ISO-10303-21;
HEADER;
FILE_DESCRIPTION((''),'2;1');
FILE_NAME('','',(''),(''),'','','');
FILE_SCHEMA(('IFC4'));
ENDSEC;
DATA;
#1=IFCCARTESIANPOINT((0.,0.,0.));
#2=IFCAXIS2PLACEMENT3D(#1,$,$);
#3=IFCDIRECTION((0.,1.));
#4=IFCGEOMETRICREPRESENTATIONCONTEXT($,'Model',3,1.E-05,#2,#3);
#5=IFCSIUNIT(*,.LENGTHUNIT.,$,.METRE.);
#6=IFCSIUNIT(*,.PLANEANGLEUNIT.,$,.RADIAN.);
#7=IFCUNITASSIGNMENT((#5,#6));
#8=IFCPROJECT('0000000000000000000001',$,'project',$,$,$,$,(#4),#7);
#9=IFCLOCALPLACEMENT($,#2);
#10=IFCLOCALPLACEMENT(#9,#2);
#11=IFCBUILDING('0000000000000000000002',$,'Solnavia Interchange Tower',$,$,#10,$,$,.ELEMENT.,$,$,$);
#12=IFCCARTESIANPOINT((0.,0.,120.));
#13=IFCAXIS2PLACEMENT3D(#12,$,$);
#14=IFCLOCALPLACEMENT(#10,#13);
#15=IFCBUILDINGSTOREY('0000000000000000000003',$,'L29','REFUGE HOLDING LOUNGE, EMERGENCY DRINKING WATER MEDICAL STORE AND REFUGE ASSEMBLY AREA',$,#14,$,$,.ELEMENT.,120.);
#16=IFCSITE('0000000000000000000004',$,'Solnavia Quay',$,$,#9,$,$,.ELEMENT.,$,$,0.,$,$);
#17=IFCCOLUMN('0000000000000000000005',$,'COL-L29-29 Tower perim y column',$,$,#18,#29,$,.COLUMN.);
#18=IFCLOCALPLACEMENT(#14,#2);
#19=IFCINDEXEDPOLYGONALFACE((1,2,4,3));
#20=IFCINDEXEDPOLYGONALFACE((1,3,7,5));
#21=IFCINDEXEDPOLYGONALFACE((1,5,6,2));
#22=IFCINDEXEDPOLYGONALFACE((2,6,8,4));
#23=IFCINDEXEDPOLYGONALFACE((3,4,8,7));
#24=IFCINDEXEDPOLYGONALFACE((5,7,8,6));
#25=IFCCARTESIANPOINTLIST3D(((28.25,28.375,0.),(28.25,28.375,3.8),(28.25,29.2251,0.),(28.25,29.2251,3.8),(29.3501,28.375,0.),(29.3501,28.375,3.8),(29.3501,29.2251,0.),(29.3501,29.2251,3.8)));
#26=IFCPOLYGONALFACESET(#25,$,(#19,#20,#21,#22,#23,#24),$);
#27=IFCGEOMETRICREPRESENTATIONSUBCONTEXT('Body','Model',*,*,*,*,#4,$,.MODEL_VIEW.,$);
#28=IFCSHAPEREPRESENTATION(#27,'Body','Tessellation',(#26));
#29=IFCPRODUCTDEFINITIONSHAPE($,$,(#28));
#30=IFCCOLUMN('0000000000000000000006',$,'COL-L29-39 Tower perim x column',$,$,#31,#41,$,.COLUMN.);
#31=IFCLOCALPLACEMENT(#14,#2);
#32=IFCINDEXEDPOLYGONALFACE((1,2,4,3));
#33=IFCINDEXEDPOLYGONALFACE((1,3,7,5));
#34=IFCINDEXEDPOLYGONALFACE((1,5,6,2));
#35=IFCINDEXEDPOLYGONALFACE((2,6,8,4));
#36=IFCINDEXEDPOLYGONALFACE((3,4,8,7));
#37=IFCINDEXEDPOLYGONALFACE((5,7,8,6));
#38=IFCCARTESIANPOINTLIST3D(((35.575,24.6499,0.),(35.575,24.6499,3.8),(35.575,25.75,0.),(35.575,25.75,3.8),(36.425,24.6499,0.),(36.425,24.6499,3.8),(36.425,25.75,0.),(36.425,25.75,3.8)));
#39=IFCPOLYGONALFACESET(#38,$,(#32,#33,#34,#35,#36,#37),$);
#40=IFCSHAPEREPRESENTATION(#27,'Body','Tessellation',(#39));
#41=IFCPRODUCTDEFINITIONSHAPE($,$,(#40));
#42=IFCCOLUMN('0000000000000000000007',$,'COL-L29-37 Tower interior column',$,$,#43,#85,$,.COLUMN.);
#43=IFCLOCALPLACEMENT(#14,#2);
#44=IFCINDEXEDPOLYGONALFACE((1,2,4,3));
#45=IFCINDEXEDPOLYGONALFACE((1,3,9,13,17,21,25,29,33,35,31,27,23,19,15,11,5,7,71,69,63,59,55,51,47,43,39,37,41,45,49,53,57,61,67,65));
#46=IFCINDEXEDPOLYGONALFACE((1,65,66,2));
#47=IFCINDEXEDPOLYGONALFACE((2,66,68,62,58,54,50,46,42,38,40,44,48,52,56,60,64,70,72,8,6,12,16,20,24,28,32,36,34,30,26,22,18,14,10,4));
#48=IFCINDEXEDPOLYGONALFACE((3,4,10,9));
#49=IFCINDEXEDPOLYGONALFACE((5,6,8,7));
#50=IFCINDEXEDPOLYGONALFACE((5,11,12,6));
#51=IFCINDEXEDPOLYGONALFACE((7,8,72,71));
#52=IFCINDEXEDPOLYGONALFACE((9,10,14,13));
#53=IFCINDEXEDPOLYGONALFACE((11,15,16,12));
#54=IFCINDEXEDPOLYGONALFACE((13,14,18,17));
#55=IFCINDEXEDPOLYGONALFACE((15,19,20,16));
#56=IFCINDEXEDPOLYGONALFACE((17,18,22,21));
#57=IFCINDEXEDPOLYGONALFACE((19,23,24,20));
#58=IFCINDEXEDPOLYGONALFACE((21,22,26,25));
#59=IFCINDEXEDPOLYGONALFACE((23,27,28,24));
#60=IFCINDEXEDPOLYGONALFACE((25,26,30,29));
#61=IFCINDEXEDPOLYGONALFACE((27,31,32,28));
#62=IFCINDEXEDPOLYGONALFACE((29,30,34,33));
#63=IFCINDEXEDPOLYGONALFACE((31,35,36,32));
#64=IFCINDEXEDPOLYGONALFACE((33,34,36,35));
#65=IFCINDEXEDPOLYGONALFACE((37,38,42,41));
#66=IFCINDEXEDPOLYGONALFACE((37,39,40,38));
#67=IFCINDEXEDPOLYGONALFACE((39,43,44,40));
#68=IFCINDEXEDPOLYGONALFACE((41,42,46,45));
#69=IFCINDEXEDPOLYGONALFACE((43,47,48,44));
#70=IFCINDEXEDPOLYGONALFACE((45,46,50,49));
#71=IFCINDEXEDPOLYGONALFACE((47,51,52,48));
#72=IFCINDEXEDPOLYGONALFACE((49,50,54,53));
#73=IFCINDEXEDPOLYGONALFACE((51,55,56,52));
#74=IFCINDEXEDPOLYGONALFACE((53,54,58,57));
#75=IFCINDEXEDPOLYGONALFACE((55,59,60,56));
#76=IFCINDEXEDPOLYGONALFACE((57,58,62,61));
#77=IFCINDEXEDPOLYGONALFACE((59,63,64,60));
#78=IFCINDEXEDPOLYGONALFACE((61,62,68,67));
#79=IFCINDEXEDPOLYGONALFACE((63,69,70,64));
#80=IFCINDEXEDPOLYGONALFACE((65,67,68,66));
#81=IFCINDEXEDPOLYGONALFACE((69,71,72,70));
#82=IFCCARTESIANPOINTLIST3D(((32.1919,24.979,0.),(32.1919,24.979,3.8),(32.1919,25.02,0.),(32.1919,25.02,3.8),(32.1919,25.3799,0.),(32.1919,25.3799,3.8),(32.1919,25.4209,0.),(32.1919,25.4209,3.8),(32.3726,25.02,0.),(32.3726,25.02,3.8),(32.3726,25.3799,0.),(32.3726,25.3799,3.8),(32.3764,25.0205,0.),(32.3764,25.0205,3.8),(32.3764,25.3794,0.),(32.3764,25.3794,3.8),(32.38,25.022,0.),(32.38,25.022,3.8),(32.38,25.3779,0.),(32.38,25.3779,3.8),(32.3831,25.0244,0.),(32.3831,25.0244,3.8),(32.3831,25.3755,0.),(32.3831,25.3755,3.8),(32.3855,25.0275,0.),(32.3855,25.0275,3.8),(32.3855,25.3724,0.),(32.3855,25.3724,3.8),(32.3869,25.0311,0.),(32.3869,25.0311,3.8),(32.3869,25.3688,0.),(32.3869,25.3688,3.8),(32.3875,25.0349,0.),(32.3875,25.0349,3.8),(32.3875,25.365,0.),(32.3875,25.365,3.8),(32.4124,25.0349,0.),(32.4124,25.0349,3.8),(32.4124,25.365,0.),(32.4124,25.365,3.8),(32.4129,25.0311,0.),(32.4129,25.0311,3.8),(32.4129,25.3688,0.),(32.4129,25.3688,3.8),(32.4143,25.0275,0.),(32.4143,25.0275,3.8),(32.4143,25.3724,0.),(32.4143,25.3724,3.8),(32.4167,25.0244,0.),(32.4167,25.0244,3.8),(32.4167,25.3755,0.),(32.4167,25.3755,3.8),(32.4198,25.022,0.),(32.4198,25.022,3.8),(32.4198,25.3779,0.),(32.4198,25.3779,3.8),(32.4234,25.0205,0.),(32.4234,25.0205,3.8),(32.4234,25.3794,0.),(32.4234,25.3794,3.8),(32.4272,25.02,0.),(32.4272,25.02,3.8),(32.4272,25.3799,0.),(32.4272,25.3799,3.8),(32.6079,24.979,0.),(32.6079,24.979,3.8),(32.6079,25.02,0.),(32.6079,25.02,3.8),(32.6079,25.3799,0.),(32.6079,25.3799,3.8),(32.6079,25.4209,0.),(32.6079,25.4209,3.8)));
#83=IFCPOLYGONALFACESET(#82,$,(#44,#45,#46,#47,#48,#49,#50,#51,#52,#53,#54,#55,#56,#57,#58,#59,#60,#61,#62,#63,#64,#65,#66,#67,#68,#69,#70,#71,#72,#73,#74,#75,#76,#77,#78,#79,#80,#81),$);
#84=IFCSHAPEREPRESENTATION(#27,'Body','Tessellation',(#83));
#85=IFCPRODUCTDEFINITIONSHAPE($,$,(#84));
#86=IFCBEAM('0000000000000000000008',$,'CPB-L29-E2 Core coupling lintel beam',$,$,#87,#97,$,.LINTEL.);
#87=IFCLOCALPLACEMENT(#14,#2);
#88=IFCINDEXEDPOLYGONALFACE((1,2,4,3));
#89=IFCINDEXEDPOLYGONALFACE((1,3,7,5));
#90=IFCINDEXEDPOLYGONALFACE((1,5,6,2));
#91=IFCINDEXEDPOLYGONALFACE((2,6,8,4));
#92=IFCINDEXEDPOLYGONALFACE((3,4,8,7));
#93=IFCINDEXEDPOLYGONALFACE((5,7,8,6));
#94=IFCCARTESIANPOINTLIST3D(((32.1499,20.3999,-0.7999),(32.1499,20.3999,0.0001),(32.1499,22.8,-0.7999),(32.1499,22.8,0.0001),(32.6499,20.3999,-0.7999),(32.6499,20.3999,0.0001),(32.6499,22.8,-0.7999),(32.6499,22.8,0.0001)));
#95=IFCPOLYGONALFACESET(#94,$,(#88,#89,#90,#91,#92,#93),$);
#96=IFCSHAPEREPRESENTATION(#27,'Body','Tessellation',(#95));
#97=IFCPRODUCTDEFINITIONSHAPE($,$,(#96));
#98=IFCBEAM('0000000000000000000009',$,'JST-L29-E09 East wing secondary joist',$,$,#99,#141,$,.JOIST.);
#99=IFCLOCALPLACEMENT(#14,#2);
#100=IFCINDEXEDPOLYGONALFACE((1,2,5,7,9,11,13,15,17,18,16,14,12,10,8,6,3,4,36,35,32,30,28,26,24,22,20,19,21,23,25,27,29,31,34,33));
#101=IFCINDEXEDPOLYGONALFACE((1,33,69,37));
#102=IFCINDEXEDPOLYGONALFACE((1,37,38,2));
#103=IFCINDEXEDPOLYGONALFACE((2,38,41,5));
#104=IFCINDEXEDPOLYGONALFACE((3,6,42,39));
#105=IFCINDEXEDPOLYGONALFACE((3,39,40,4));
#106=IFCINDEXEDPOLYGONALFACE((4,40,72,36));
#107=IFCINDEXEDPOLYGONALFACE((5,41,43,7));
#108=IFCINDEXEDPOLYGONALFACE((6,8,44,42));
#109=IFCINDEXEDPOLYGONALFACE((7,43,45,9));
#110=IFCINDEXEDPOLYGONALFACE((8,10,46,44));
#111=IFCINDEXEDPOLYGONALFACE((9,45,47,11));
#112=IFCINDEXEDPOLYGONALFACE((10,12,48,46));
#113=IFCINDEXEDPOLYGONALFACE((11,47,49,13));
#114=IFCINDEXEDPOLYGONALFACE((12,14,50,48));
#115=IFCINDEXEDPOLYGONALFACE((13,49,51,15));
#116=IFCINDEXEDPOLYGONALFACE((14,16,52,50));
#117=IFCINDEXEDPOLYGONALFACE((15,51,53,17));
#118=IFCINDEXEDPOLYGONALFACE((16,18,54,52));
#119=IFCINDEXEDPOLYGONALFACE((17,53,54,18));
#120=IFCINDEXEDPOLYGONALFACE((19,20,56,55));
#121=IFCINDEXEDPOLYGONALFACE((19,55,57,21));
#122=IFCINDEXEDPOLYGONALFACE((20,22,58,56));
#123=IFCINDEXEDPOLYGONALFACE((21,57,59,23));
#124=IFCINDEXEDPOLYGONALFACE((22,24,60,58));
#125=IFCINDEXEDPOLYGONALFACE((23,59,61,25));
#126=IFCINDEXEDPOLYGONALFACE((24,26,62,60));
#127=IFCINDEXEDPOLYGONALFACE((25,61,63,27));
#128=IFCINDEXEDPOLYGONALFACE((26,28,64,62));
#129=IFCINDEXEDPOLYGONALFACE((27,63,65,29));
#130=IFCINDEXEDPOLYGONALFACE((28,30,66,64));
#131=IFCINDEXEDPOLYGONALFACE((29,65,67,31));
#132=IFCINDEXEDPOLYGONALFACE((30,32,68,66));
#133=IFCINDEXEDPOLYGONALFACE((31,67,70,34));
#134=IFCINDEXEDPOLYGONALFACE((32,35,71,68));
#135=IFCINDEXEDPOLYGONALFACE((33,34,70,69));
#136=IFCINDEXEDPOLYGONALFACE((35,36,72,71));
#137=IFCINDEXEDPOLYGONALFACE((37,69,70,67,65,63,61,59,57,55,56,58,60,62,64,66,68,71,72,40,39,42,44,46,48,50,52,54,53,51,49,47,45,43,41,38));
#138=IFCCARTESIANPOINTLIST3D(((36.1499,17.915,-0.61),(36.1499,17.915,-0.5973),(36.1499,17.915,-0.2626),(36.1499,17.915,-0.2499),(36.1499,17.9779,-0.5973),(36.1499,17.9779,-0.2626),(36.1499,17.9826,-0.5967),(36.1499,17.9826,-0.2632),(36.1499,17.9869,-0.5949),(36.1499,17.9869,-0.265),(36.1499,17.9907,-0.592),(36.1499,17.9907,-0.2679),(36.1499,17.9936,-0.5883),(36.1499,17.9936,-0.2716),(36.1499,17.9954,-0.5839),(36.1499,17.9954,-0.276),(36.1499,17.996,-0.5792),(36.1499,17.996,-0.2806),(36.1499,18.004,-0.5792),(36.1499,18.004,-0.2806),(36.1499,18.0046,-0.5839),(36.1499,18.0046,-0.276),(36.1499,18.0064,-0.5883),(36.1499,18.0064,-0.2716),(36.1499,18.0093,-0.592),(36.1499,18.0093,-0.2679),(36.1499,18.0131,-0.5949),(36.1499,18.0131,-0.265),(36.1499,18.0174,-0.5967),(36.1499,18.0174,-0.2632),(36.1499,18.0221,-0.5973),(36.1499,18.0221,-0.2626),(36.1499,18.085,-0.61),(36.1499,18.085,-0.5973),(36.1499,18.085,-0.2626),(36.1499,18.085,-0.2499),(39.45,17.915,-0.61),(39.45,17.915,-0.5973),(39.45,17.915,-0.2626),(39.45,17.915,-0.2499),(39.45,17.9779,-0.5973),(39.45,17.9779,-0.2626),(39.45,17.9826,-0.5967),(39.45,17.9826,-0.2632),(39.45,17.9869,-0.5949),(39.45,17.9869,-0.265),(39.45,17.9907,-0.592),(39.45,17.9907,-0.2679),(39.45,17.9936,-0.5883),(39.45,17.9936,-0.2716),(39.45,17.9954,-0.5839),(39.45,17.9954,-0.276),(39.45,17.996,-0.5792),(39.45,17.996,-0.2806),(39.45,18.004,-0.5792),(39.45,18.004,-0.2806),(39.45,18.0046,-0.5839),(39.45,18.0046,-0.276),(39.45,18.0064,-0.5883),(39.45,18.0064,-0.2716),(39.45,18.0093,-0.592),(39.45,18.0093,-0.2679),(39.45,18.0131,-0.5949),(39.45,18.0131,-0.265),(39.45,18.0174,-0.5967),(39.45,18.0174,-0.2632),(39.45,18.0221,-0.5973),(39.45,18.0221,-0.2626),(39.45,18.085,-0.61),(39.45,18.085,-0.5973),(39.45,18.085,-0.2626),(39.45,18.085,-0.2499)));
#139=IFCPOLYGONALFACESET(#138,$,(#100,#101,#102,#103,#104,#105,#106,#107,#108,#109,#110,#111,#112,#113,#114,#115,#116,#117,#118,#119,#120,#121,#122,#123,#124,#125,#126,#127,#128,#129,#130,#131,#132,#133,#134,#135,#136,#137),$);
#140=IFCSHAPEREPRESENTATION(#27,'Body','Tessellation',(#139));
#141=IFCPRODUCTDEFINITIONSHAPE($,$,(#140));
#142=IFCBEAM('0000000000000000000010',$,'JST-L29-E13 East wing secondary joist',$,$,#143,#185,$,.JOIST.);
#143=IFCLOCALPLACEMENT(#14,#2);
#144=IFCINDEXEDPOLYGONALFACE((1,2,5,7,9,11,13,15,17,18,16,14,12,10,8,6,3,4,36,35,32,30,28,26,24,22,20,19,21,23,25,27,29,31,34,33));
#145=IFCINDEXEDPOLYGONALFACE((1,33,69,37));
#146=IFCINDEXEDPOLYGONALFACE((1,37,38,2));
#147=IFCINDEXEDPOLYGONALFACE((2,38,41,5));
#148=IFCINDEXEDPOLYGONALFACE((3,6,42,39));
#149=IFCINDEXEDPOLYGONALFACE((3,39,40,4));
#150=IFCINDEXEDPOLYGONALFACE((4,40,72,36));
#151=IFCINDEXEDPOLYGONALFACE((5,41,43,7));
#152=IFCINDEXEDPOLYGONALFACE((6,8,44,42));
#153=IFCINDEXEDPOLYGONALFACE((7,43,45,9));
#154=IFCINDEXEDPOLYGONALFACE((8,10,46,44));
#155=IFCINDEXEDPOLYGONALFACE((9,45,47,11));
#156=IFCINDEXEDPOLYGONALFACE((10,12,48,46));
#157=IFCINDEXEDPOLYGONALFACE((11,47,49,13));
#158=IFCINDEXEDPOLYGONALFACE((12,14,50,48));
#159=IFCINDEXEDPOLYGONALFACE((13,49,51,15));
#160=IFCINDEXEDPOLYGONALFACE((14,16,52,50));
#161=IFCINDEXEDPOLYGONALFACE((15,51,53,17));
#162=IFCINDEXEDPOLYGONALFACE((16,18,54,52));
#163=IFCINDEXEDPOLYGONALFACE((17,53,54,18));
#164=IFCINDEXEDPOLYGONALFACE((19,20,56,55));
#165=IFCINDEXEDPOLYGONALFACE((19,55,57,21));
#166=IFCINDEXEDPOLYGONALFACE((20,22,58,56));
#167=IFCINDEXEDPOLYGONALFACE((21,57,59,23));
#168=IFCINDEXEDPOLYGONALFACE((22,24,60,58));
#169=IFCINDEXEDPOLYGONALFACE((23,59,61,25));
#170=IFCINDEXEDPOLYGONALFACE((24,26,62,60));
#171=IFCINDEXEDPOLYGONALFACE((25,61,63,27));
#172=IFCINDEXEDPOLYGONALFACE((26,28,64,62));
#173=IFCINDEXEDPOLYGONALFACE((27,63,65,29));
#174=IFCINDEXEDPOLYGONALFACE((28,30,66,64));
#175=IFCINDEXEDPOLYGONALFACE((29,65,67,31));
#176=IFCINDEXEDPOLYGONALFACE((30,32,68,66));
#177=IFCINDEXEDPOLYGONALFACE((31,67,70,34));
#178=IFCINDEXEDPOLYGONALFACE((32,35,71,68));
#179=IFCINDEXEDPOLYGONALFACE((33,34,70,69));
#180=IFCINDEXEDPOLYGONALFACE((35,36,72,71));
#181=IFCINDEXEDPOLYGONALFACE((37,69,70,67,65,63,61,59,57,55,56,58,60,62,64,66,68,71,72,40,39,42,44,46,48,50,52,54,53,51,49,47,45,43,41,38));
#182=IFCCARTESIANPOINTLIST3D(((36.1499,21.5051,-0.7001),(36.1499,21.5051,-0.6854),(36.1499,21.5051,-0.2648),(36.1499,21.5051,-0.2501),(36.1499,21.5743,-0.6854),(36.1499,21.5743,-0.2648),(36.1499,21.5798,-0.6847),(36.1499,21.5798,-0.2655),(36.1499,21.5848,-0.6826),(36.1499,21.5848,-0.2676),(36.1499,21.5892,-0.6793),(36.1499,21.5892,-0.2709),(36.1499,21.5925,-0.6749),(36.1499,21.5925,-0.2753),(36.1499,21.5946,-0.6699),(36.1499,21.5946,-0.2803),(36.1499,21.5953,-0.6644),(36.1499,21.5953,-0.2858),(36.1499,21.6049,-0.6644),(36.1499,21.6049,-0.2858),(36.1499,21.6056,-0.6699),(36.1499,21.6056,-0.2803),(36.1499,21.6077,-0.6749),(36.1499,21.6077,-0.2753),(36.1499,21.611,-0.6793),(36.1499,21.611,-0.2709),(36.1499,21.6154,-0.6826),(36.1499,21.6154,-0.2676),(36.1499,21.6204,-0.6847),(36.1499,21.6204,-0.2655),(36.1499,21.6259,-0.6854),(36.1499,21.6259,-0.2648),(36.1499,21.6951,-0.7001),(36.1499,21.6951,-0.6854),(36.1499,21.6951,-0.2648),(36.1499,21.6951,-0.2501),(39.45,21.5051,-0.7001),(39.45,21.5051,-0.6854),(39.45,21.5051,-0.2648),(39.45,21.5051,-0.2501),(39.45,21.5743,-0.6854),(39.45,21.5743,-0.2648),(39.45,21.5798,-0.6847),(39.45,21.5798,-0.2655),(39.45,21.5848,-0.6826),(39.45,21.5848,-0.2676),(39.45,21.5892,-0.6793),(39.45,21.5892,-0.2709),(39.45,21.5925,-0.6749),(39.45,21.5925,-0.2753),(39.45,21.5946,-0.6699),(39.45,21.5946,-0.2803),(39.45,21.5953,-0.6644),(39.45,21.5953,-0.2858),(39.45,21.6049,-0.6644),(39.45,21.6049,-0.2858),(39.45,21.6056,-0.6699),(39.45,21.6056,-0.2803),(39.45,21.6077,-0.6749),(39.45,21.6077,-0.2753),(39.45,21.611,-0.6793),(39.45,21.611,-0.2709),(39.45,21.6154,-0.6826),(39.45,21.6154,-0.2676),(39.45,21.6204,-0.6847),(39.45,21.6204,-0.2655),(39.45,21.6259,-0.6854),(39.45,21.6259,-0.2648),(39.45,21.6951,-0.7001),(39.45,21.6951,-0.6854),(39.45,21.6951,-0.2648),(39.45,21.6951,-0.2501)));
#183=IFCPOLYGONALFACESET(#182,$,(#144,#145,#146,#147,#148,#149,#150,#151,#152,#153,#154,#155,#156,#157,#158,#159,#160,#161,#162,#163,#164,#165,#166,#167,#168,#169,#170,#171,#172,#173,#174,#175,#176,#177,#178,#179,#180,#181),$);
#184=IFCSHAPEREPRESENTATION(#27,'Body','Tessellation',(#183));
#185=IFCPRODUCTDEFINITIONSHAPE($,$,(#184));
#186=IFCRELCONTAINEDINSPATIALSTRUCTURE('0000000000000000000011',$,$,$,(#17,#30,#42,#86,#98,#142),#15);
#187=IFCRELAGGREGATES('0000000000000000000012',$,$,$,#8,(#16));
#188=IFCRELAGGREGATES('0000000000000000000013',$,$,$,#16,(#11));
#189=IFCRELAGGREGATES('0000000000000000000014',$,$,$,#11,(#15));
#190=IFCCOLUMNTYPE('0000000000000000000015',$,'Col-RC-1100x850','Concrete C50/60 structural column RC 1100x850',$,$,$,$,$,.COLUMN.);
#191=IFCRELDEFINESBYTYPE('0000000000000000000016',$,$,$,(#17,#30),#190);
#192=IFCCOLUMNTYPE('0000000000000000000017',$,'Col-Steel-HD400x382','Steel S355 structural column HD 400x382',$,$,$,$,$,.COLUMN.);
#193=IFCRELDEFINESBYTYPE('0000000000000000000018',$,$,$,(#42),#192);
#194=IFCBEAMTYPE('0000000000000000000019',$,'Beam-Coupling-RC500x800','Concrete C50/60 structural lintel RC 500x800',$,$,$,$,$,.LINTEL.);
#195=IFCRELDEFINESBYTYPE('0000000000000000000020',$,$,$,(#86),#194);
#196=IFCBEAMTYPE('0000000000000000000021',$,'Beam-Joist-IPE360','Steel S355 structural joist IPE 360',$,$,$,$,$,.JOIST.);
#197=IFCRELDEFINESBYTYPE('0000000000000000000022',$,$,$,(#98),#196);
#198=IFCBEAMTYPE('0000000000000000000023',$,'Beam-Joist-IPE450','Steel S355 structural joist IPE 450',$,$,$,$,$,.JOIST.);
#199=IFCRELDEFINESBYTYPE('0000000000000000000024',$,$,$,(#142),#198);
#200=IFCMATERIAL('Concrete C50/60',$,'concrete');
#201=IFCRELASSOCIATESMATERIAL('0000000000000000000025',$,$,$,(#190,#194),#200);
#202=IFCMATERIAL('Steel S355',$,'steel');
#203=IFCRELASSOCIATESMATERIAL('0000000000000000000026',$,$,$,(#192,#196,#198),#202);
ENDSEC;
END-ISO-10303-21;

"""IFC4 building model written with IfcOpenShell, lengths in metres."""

from ifc_helpers import new_model, si_unit, direction, frame, origin, origin_2d, place, context, subcontext, project, spatial, rectangle, i_section, extrude, material, material_profile, profile_set, type_object, element, save


model = new_model("IFC4")

# Units and contexts
model_context = context("Model", 3, precision=1e-05, world=origin(), true_north=direction((0.0, 1.0)))
body_context = subcontext(model_context, "Body", "Model", "MODEL_VIEW")
ifc_project = project(units=[si_unit("LENGTHUNIT", "METRE"), si_unit("PLANEANGLEUNIT", "RADIAN")], contexts=[model_context])

# Site, building, storey
site_placement = place(None, origin())
site = spatial("IfcSite", under=ifc_project, at=site_placement, Name="Solnavia Quay", CompositionType="ELEMENT", RefElevation=0.0)
building_placement = place(site_placement, origin())
building = spatial("IfcBuilding", under=site, at=building_placement, Name="Solnavia Interchange Tower", CompositionType="ELEMENT")
storey_placement = place(building_placement, frame((0.0, 0.0, 120.0)))
storey = spatial("IfcBuildingStorey", under=building, at=storey_placement, Name="L29", Description="REFUGE HOLDING LOUNGE, EMERGENCY DRINKING WATER MEDICAL STORE AND REFUGE ASSEMBLY AREA", CompositionType="ELEMENT", Elevation=120.0)

# Columns
ifc_material_1 = material(Name="Concrete C50/60", Category="concrete")
ifc_material_profile_1 = material_profile(ifc_material_1, rectangle(XDim=0.8501, YDim=1.1001, at=origin_2d()), Name="RC 1100x850")
ifc_profile_set_1 = profile_set([ifc_material_profile_1], Name="Concrete C50/60")
column_type_1 = type_object("IfcColumnType", Name="Col-RC-1100x850", Description="Concrete C50/60 structural column RC 1100x850", PredefinedType="COLUMN", material=ifc_profile_set_1)
for number, where, z_axis, x_axis, name in (
    (1, (28.8, 28.8, 0.0), (0.0, 0.0, 1.0), (0.0, 1.0, 0.0), "COL-L29-29 Tower perim y column"),
    (2, (36.0, 25.2, 0.0), (0.0, 0.0, 1.0), (1.0, 0.0, 0.0), "COL-L29-39 Tower perim x column"),
):
    element("IfcColumn", number, at=place(storey_placement, frame(where, z_axis=z_axis, x_axis=x_axis)), inside=storey, type_object=column_type_1, Name=name, PredefinedType="COLUMN", context=body_context, shape_type="SweptSolid", body=[
        extrude(rectangle(XDim=0.8501, YDim=1.1001, at=origin_2d()), origin(), (0.0, 0.0, 1.0), 3.8),
    ])
ifc_material_2 = material(Name="Steel S355", Category="steel")
ifc_material_profile_2 = material_profile(ifc_material_2, i_section(OverallWidth=0.416, OverallDepth=0.4419, WebThickness=0.0249, FlangeThickness=0.041, FilletRadius=0.0149, at=origin_2d()), Name="HD 400x382")
ifc_profile_set_2 = profile_set([ifc_material_profile_2], Name="Steel S355")
column_type_2 = type_object("IfcColumnType", Name="Col-Steel-HD400x382", Description="Steel S355 structural column HD 400x382", PredefinedType="COLUMN", material=ifc_profile_set_2)
column_placement = place(storey_placement, frame((32.3999, 25.2, 0.0), z_axis=(0.0, 0.0, 1.0), x_axis=(1.0, 0.0, 0.0)))
element("IfcColumn", 3, at=column_placement, inside=storey, type_object=column_type_2, Name="COL-L29-37 Tower interior column", PredefinedType="COLUMN", context=body_context, shape_type="SweptSolid", body=[
    extrude(i_section(OverallWidth=0.416, OverallDepth=0.4419, WebThickness=0.0249, FlangeThickness=0.041, FilletRadius=0.0149, at=origin_2d()), origin(), (0.0, 0.0, 1.0), 3.8),
])

# Beams
ifc_material_profile_3 = material_profile(ifc_material_1, rectangle(XDim=0.5, YDim=0.8, at=origin_2d()), Name="RC 500x800")
ifc_profile_set_3 = profile_set([ifc_material_profile_3], Name="Concrete C50/60")
beam_type_1 = type_object("IfcBeamType", Name="Beam-Coupling-RC500x800", Description="Concrete C50/60 structural lintel RC 500x800", PredefinedType="LINTEL", material=ifc_profile_set_3)
beam_1_placement = place(storey_placement, frame((32.3999, 20.3999, -0.3999), z_axis=(0.0, 1.0, 0.0), x_axis=(-1.0, 0.0, 0.0)))
element("IfcBeam", 4, at=beam_1_placement, inside=storey, type_object=beam_type_1, Name="CPB-L29-E2 Core coupling lintel beam", PredefinedType="LINTEL", context=body_context, shape_type="SweptSolid", body=[
    extrude(rectangle(XDim=0.5, YDim=0.8, at=origin_2d()), origin(), (0.0, 0.0, 1.0), 2.4001),
])
ifc_material_profile_4 = material_profile(ifc_material_2, i_section(OverallWidth=0.1699, OverallDepth=0.3601, WebThickness=0.0081, FlangeThickness=0.0127, FilletRadius=0.0181, at=origin_2d()), Name="IPE 360")
ifc_profile_set_4 = profile_set([ifc_material_profile_4], Name="Steel S355")
beam_type_2 = type_object("IfcBeamType", Name="Beam-Joist-IPE360", Description="Steel S355 structural joist IPE 360", PredefinedType="JOIST", material=ifc_profile_set_4)
beam_2_placement = place(storey_placement, frame((36.1499, 18.0, -0.4299), z_axis=(1.0, 0.0, 0.0), x_axis=(0.0, 1.0, 0.0)))
element("IfcBeam", 5, at=beam_2_placement, inside=storey, type_object=beam_type_2, Name="JST-L29-E09 East wing secondary joist", PredefinedType="JOIST", context=body_context, shape_type="SweptSolid", body=[
    extrude(i_section(OverallWidth=0.1699, OverallDepth=0.3601, WebThickness=0.0081, FlangeThickness=0.0127, FilletRadius=0.0181, at=origin_2d()), origin(), (0.0, 0.0, 1.0), 3.3),
])
ifc_material_profile_5 = material_profile(ifc_material_2, i_section(OverallWidth=0.1899, OverallDepth=0.45, WebThickness=0.0095, FlangeThickness=0.0146, FilletRadius=0.021, at=origin_2d()), Name="IPE 450")
ifc_profile_set_5 = profile_set([ifc_material_profile_5], Name="Steel S355")
beam_type_3 = type_object("IfcBeamType", Name="Beam-Joist-IPE450", Description="Steel S355 structural joist IPE 450", PredefinedType="JOIST", material=ifc_profile_set_5)
beam_3_placement = place(storey_placement, frame((36.1499, 21.6001, -0.4751), z_axis=(1.0, 0.0, 0.0), x_axis=(0.0, 1.0, 0.0)))
element("IfcBeam", 6, at=beam_3_placement, inside=storey, type_object=beam_type_3, Name="JST-L29-E13 East wing secondary joist", PredefinedType="JOIST", context=body_context, shape_type="SweptSolid", body=[
    extrude(i_section(OverallWidth=0.1899, OverallDepth=0.45, WebThickness=0.0095, FlangeThickness=0.0146, FilletRadius=0.021, at=origin_2d()), origin(), (0.0, 0.0, 1.0), 3.3),
])

save(model, "model.ifc")
